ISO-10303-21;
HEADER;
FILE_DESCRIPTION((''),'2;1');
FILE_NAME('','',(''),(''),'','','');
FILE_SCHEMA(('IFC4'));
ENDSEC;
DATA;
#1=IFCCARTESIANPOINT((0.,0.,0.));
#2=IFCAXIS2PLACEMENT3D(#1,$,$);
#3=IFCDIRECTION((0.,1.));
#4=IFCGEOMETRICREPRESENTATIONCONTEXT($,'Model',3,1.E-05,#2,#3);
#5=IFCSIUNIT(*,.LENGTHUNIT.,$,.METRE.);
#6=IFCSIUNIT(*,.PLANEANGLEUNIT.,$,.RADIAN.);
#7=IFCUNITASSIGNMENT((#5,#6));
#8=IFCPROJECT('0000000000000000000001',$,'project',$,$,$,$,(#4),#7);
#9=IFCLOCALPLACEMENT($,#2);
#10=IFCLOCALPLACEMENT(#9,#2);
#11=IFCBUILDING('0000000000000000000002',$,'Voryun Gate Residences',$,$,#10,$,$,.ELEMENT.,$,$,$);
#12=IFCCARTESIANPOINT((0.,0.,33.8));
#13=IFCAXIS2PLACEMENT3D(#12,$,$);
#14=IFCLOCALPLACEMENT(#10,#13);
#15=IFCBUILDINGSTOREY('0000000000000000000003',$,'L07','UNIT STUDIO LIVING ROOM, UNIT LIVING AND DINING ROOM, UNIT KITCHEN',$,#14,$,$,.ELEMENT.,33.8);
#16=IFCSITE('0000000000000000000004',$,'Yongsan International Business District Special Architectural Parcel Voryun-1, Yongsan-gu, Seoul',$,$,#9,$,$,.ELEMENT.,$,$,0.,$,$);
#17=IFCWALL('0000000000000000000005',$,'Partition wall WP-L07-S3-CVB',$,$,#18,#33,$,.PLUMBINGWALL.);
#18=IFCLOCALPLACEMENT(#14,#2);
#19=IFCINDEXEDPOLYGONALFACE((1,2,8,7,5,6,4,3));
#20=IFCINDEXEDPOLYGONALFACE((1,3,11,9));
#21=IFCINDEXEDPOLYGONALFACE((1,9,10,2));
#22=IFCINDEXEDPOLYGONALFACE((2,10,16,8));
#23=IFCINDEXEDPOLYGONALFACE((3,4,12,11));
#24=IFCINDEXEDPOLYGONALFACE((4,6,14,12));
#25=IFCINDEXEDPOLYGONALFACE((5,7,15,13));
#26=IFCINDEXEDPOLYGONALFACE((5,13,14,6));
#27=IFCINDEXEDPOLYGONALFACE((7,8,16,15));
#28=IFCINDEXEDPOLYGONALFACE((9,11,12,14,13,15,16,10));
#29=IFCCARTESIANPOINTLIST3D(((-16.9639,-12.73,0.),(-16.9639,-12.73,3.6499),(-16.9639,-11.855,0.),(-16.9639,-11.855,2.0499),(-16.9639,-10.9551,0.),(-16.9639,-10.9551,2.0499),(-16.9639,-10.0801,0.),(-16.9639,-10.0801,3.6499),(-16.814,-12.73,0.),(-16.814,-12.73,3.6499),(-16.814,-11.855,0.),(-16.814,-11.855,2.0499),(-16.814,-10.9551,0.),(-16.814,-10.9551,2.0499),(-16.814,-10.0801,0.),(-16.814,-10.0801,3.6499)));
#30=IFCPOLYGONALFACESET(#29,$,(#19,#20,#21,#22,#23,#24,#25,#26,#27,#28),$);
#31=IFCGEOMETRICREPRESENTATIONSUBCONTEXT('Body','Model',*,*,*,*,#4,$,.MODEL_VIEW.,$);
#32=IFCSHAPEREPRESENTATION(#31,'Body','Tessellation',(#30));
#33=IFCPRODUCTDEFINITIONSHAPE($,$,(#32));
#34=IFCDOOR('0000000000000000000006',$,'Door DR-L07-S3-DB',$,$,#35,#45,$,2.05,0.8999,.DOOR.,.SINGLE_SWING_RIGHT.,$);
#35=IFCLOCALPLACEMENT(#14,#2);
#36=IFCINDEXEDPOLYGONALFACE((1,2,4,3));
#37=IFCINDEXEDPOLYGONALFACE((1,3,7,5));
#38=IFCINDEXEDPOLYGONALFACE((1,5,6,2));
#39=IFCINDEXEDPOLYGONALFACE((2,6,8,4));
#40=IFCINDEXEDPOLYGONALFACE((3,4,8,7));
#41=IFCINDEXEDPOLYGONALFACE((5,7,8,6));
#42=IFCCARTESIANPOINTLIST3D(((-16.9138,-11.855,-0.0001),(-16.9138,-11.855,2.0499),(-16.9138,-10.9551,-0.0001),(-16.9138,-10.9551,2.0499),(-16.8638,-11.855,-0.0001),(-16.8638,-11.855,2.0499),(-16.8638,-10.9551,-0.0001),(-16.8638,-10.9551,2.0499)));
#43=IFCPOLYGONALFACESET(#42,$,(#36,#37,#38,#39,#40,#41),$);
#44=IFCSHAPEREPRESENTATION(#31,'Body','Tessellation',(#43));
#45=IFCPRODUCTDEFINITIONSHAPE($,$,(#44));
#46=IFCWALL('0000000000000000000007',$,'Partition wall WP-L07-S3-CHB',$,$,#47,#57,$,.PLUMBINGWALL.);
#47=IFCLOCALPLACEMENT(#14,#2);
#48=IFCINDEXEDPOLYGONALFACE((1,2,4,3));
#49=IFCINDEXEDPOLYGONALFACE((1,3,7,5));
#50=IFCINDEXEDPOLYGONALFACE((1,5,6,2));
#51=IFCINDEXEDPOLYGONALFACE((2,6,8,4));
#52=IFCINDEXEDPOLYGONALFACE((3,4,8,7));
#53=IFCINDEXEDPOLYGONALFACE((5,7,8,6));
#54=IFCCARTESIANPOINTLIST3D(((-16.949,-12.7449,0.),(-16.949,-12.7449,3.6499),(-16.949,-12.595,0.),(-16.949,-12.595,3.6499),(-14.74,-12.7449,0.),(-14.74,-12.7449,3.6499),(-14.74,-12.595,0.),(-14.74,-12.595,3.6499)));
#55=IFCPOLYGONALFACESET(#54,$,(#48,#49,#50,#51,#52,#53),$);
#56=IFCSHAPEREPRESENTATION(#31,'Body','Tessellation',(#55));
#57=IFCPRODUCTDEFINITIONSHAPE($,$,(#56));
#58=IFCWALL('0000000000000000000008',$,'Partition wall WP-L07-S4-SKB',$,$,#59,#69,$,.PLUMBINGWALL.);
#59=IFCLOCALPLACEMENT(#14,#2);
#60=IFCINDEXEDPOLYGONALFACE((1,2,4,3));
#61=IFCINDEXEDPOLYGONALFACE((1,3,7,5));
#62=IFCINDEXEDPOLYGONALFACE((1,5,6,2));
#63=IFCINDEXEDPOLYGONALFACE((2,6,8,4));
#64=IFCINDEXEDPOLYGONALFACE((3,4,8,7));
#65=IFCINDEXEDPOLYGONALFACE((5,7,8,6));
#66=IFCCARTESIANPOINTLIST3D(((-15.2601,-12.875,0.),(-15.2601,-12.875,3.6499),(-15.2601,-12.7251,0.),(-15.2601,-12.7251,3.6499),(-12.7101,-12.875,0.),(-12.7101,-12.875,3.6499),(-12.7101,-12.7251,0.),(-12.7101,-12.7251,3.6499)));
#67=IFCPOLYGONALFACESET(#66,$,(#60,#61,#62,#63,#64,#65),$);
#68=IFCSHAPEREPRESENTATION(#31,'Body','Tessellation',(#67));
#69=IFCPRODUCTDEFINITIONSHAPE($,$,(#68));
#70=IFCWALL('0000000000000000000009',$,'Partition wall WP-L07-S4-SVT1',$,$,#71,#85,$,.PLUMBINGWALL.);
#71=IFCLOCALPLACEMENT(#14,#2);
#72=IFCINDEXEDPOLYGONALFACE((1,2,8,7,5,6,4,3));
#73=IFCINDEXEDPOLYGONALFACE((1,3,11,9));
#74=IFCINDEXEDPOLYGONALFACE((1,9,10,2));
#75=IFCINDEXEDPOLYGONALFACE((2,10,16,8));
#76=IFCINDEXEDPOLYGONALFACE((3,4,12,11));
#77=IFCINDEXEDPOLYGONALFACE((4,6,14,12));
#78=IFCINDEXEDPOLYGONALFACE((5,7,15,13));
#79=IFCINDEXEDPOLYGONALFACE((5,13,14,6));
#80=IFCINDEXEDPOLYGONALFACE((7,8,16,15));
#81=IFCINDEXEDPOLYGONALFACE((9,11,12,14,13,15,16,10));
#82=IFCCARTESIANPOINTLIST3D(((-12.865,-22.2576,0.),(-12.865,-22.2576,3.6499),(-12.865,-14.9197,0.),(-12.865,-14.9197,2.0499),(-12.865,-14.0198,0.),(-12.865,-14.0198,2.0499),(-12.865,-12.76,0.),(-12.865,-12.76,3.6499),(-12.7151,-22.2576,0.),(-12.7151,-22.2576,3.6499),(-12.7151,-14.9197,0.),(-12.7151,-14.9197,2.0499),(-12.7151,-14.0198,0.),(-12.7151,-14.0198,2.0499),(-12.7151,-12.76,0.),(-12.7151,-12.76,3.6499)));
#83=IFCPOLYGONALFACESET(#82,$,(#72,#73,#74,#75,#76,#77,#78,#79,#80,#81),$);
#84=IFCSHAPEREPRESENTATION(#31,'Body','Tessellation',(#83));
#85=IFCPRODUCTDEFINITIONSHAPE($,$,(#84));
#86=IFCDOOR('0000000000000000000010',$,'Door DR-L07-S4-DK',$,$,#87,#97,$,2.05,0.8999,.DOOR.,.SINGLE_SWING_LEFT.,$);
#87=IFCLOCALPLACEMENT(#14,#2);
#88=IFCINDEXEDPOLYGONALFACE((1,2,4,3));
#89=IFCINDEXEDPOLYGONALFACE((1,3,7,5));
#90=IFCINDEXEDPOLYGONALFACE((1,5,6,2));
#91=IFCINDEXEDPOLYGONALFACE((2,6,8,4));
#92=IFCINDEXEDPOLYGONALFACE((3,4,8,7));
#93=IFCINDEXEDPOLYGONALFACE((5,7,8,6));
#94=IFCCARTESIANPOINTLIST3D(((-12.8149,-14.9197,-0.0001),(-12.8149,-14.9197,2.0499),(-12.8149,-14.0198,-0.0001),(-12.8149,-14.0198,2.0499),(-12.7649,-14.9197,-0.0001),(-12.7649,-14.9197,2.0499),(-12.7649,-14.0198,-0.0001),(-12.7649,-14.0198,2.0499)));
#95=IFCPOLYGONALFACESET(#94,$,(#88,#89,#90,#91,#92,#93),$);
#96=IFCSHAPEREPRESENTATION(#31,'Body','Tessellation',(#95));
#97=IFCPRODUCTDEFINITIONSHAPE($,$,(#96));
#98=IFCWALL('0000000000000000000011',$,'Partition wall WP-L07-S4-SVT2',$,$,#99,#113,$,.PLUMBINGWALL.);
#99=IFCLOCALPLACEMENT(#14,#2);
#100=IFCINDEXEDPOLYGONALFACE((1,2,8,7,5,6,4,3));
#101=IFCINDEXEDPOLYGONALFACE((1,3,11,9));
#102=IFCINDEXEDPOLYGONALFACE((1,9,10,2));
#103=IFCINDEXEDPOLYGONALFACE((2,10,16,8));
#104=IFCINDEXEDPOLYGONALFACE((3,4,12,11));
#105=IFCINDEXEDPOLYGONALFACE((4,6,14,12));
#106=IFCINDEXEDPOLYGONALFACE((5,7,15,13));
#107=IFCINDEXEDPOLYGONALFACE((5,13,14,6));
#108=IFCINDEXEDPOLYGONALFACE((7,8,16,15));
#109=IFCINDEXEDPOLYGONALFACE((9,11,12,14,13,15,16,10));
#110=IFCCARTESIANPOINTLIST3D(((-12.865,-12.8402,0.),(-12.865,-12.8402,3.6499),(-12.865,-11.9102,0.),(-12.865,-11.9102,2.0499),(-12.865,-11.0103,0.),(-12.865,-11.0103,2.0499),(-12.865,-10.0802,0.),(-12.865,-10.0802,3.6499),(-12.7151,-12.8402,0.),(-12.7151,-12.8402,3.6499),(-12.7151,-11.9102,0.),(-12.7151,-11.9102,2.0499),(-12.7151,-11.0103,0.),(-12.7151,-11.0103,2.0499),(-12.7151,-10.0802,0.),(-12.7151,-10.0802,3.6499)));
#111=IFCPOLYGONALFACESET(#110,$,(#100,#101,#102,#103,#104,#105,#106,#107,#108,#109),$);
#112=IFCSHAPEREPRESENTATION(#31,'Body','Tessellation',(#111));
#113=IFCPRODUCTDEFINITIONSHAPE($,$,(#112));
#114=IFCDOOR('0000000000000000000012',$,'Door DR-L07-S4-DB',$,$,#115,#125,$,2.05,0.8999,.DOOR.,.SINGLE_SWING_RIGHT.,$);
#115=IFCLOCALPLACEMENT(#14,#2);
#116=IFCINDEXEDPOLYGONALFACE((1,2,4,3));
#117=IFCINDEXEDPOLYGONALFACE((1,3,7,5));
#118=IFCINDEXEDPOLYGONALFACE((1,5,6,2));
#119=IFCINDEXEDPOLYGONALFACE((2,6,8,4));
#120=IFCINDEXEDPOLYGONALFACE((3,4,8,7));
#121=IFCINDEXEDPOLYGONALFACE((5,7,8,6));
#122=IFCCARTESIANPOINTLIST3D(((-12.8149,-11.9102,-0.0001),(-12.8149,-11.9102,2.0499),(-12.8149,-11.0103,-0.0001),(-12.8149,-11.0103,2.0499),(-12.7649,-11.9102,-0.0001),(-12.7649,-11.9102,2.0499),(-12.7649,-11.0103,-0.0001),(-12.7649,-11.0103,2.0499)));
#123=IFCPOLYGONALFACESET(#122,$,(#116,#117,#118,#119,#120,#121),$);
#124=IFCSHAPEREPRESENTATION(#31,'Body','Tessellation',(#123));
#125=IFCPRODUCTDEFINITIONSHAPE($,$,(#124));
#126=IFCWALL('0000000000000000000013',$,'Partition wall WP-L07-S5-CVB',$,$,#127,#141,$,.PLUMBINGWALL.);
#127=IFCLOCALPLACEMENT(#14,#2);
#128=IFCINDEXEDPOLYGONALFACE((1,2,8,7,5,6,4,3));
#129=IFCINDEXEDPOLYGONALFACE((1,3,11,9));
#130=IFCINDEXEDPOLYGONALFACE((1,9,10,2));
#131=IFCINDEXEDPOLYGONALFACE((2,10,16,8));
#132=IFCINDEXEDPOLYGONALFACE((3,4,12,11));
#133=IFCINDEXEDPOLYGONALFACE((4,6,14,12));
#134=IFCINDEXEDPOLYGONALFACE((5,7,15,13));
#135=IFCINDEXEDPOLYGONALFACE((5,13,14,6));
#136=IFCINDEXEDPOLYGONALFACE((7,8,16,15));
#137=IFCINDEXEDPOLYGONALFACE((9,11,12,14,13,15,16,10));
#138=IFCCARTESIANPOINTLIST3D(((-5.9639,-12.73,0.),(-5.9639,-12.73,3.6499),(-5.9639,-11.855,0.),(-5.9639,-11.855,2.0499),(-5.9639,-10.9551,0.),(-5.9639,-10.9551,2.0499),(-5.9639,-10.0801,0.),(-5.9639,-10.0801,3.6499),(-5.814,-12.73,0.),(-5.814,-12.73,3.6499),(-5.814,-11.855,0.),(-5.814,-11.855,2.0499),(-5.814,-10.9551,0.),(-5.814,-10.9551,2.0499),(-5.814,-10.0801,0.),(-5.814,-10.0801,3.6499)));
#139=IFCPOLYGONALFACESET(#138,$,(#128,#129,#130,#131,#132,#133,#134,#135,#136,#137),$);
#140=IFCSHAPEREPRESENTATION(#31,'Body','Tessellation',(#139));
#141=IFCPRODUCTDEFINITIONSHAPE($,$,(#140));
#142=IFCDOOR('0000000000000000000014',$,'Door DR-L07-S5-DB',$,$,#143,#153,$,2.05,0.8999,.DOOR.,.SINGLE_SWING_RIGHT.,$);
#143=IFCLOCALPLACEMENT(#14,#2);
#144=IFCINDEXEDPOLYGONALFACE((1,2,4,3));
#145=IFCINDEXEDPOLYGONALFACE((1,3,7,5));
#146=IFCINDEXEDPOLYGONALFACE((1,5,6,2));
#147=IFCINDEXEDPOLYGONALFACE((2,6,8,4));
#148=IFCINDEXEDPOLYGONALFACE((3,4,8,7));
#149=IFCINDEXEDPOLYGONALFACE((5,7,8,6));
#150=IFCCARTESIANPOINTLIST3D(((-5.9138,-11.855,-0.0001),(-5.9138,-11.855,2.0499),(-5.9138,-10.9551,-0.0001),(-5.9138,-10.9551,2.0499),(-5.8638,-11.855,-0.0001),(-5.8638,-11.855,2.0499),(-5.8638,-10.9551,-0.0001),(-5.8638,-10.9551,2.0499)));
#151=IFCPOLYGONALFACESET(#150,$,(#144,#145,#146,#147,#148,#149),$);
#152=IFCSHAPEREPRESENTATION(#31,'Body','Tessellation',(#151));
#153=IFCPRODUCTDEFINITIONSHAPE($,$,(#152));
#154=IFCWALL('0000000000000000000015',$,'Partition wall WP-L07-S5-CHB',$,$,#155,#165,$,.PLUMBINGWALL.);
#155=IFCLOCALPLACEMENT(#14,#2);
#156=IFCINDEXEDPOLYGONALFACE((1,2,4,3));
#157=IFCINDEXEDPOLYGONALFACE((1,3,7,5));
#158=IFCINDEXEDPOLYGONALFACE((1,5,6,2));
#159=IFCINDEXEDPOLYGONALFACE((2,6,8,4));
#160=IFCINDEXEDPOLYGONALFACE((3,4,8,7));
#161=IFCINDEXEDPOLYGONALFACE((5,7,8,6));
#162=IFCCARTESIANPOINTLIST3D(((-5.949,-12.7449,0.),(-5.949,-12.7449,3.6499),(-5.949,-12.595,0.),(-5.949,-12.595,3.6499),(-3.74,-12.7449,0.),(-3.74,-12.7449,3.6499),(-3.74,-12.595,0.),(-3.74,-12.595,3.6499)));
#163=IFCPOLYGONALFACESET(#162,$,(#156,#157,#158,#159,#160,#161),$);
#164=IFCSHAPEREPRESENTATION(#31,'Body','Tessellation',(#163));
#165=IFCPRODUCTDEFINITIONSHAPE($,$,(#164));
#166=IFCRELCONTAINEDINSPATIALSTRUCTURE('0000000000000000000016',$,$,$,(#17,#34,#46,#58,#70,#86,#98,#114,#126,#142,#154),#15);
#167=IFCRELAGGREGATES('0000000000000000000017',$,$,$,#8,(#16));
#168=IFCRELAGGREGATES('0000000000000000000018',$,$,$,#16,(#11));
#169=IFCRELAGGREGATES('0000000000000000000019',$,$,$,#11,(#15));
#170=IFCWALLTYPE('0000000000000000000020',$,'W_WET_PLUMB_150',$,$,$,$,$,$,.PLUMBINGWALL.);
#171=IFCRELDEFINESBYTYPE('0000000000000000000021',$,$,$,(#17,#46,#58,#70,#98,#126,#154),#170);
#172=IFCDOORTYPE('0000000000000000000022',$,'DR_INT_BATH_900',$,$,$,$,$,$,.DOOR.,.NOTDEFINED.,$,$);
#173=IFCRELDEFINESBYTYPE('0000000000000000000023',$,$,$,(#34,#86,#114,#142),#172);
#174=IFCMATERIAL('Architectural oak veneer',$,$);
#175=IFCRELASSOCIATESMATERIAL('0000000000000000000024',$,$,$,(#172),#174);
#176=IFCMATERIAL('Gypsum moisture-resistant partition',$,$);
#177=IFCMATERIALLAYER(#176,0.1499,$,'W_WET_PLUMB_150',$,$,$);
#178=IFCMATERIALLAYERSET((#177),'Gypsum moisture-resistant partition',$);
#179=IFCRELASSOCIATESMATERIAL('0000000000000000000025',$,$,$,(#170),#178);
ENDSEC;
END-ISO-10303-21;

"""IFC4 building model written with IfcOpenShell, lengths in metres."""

from ifc_helpers import new_model, si_unit, direction, frame, frame_2d, origin, place, context, subcontext, project, spatial, rectangle, extrude, material, layer, layer_set, type_object, element, fill, save


model = new_model("IFC4")

# Units and contexts
model_context = context("Model", 3, precision=1e-05, world=origin(), true_north=direction((0.0, 1.0)))
body_context = subcontext(model_context, "Body", "Model", "MODEL_VIEW")
ifc_project = project(units=[si_unit("LENGTHUNIT", "METRE"), si_unit("PLANEANGLEUNIT", "RADIAN")], contexts=[model_context])

# Site, building, storey
site_placement = place(None, origin())
site = spatial("IfcSite", under=ifc_project, at=site_placement, Name="Yongsan International Business District Special Architectural Parcel Voryun-1, Yongsan-gu, Seoul", CompositionType="ELEMENT", RefElevation=0.0)
building_placement = place(site_placement, origin())
building = spatial("IfcBuilding", under=site, at=building_placement, Name="Voryun Gate Residences", CompositionType="ELEMENT")
storey_placement = place(building_placement, frame((0.0, 0.0, 33.8)))
storey = spatial("IfcBuildingStorey", under=building, at=storey_placement, Name="L07", Description="UNIT STUDIO LIVING ROOM, UNIT LIVING AND DINING ROOM, UNIT KITCHEN", CompositionType="ELEMENT", Elevation=33.8)

# Shared definitions
ifc_material_1 = material(Name="Architectural oak veneer")
door_type_1 = type_object("IfcDoorType", Name="DR_INT_BATH_900", OperationType="NOTDEFINED", PredefinedType="DOOR", material=ifc_material_1)

# Wall, opening, door
ifc_material_2 = material(Name="Gypsum moisture-resistant partition")
ifc_layer_1 = layer(ifc_material_2, 0.1499, Name="W_WET_PLUMB_150")
ifc_layer_set_1 = layer_set([ifc_layer_1], Name="Gypsum moisture-resistant partition")
wall_type_1 = type_object("IfcWallType", Name="W_WET_PLUMB_150", PredefinedType="PLUMBINGWALL", material=ifc_layer_set_1)
wall_1_placement = place(storey_placement, frame((-16.8889, -12.73, 0.0), z_axis=(0.0, 0.0, 1.0), x_axis=(0.0, 1.0, 0.0)))
wall_1 = element("IfcWall", 1, at=wall_1_placement, inside=storey, type_object=wall_type_1, Name="Partition wall WP-L07-S3-CVB", PredefinedType="PLUMBINGWALL", context=body_context, shape_type="SweptSolid", body=[
    extrude(rectangle(XDim=2.6499, YDim=0.1499, at=frame_2d((1.325, 0.0))), origin(), (0.0, 0.0, 1.0), 3.6499),
])
opening_1_placement = place(wall_1_placement, frame((0.875, 0.0, 0.0)))
opening_1 = element("IfcOpeningElement", 2, at=opening_1_placement, cuts=wall_1, PredefinedType="OPENING", context=body_context, shape_type="SweptSolid", body=[
    extrude(rectangle(XDim=0.8999, YDim=2.05, at=frame_2d((0.45, 1.0249))), frame((0.0, 0.085, 0.0), z_axis=(0.0, -1.0, 0.0), x_axis=(1.0, 0.0, 0.0)), (0.0, 0.0, 1.0), 0.1699),
])
door_1_placement = place(opening_1_placement, origin())
door_1 = element("IfcDoor", 3, at=door_1_placement, inside=storey, type_object=door_type_1, Name="Door DR-L07-S3-DB", OperationType="SINGLE_SWING_RIGHT", OverallHeight=2.05, OverallWidth=0.8999, PredefinedType="DOOR", context=body_context, shape_type="SweptSolid", body=[
    extrude(rectangle(XDim=0.8999, YDim=2.05, at=frame_2d((0.45, 1.0249))), frame((0.0, 0.0249, 0.0), z_axis=(0.0, -1.0, 0.0), x_axis=(1.0, 0.0, 0.0)), (0.0, 0.0, 1.0), 0.05),
])
fill(opening_1, door_1)

# Walls
wall_2_placement = place(storey_placement, frame((-16.949, -12.6699, 0.0), z_axis=(0.0, 0.0, 1.0), x_axis=(1.0, 0.0, 0.0)))
element("IfcWall", 4, at=wall_2_placement, inside=storey, type_object=wall_type_1, Name="Partition wall WP-L07-S3-CHB", PredefinedType="PLUMBINGWALL", context=body_context, shape_type="SweptSolid", body=[
    extrude(rectangle(XDim=2.209, YDim=0.1499, at=frame_2d((1.1045, 0.0))), origin(), (0.0, 0.0, 1.0), 3.6499),
])
wall_3_placement = place(storey_placement, frame((-15.26, -12.8, 0.0), z_axis=(0.0, 0.0, 1.0), x_axis=(1.0, 0.0, 0.0)))
element("IfcWall", 5, at=wall_3_placement, inside=storey, type_object=wall_type_1, Name="Partition wall WP-L07-S4-SKB", PredefinedType="PLUMBINGWALL", context=body_context, shape_type="SweptSolid", body=[
    extrude(rectangle(XDim=2.55, YDim=0.1499, at=frame_2d((1.2749, 0.0))), origin(), (0.0, 0.0, 1.0), 3.6499),
])

# Walls, openings, doors
wall_4_placement = place(storey_placement, frame((-12.79, -22.2576, 0.0), z_axis=(0.0, 0.0, 1.0), x_axis=(0.0, 1.0, 0.0)))
wall_4 = element("IfcWall", 6, at=wall_4_placement, inside=storey, type_object=wall_type_1, Name="Partition wall WP-L07-S4-SVT1", PredefinedType="PLUMBINGWALL", context=body_context, shape_type="SweptSolid", body=[
    extrude(rectangle(XDim=9.4976, YDim=0.1499, at=frame_2d((4.7488, 0.0))), origin(), (0.0, 0.0, 1.0), 3.6499),
])
opening_2_placement = place(wall_4_placement, frame((7.3379, 0.0, 0.0)))
opening_2 = element("IfcOpeningElement", 7, at=opening_2_placement, cuts=wall_4, PredefinedType="OPENING", context=body_context, shape_type="SweptSolid", body=[
    extrude(rectangle(XDim=0.8999, YDim=2.05, at=frame_2d((0.45, 1.0249))), frame((0.0, 0.085, 0.0), z_axis=(0.0, -1.0, 0.0), x_axis=(1.0, 0.0, 0.0)), (0.0, 0.0, 1.0), 0.1699),
])
door_2_placement = place(opening_2_placement, origin())
door_2 = element("IfcDoor", 8, at=door_2_placement, inside=storey, type_object=door_type_1, Name="Door DR-L07-S4-DK", OperationType="SINGLE_SWING_LEFT", OverallHeight=2.05, OverallWidth=0.8999, PredefinedType="DOOR", context=body_context, shape_type="SweptSolid", body=[
    extrude(rectangle(XDim=0.8999, YDim=2.05, at=frame_2d((0.45, 1.0249))), frame((0.0, 0.0249, 0.0), z_axis=(0.0, -1.0, 0.0), x_axis=(1.0, 0.0, 0.0)), (0.0, 0.0, 1.0), 0.05),
])
fill(opening_2, door_2)
wall_5_placement = place(storey_placement, frame((-12.79, -12.8401, 0.0), z_axis=(0.0, 0.0, 1.0), x_axis=(0.0, 1.0, 0.0)))
wall_5 = element("IfcWall", 9, at=wall_5_placement, inside=storey, type_object=wall_type_1, Name="Partition wall WP-L07-S4-SVT2", PredefinedType="PLUMBINGWALL", context=body_context, shape_type="SweptSolid", body=[
    extrude(rectangle(XDim=2.76, YDim=0.1499, at=frame_2d((1.3799, 0.0))), origin(), (0.0, 0.0, 1.0), 3.6499),
])
opening_3_placement = place(wall_5_placement, frame((0.9299, 0.0, 0.0)))
opening_3 = element("IfcOpeningElement", 10, at=opening_3_placement, cuts=wall_5, PredefinedType="OPENING", context=body_context, shape_type="SweptSolid", body=[
    extrude(rectangle(XDim=0.8999, YDim=2.05, at=frame_2d((0.45, 1.0249))), frame((0.0, 0.085, 0.0), z_axis=(0.0, -1.0, 0.0), x_axis=(1.0, 0.0, 0.0)), (0.0, 0.0, 1.0), 0.1699),
])
door_3_placement = place(opening_3_placement, origin())
door_3 = element("IfcDoor", 11, at=door_3_placement, inside=storey, type_object=door_type_1, Name="Door DR-L07-S4-DB", OperationType="SINGLE_SWING_RIGHT", OverallHeight=2.05, OverallWidth=0.8999, PredefinedType="DOOR", context=body_context, shape_type="SweptSolid", body=[
    extrude(rectangle(XDim=0.8999, YDim=2.05, at=frame_2d((0.45, 1.0249))), frame((0.0, 0.0249, 0.0), z_axis=(0.0, -1.0, 0.0), x_axis=(1.0, 0.0, 0.0)), (0.0, 0.0, 1.0), 0.05),
])
fill(opening_3, door_3)
wall_6_placement = place(storey_placement, frame((-5.8889, -12.73, 0.0), z_axis=(0.0, 0.0, 1.0), x_axis=(0.0, 1.0, 0.0)))
wall_6 = element("IfcWall", 12, at=wall_6_placement, inside=storey, type_object=wall_type_1, Name="Partition wall WP-L07-S5-CVB", PredefinedType="PLUMBINGWALL", context=body_context, shape_type="SweptSolid", body=[
    extrude(rectangle(XDim=2.6499, YDim=0.1499, at=frame_2d((1.325, 0.0))), origin(), (0.0, 0.0, 1.0), 3.6499),
])
opening_4_placement = place(wall_6_placement, frame((0.875, 0.0, 0.0)))
opening_4 = element("IfcOpeningElement", 13, at=opening_4_placement, cuts=wall_6, PredefinedType="OPENING", context=body_context, shape_type="SweptSolid", body=[
    extrude(rectangle(XDim=0.8999, YDim=2.05, at=frame_2d((0.45, 1.0249))), frame((0.0, 0.085, 0.0), z_axis=(0.0, -1.0, 0.0), x_axis=(1.0, 0.0, 0.0)), (0.0, 0.0, 1.0), 0.1699),
])
door_4_placement = place(opening_4_placement, origin())
door_4 = element("IfcDoor", 14, at=door_4_placement, inside=storey, type_object=door_type_1, Name="Door DR-L07-S5-DB", OperationType="SINGLE_SWING_RIGHT", OverallHeight=2.05, OverallWidth=0.8999, PredefinedType="DOOR", context=body_context, shape_type="SweptSolid", body=[
    extrude(rectangle(XDim=0.8999, YDim=2.05, at=frame_2d((0.45, 1.0249))), frame((0.0, 0.0249, 0.0), z_axis=(0.0, -1.0, 0.0), x_axis=(1.0, 0.0, 0.0)), (0.0, 0.0, 1.0), 0.05),
])
fill(opening_4, door_4)

# Wall
wall_7_placement = place(storey_placement, frame((-5.949, -12.6699, 0.0), z_axis=(0.0, 0.0, 1.0), x_axis=(1.0, 0.0, 0.0)))
element("IfcWall", 15, at=wall_7_placement, inside=storey, type_object=wall_type_1, Name="Partition wall WP-L07-S5-CHB", PredefinedType="PLUMBINGWALL", context=body_context, shape_type="SweptSolid", body=[
    extrude(rectangle(XDim=2.209, YDim=0.1499, at=frame_2d((1.1045, 0.0))), origin(), (0.0, 0.0, 1.0), 3.6499),
])

save(model, "model.ifc")
